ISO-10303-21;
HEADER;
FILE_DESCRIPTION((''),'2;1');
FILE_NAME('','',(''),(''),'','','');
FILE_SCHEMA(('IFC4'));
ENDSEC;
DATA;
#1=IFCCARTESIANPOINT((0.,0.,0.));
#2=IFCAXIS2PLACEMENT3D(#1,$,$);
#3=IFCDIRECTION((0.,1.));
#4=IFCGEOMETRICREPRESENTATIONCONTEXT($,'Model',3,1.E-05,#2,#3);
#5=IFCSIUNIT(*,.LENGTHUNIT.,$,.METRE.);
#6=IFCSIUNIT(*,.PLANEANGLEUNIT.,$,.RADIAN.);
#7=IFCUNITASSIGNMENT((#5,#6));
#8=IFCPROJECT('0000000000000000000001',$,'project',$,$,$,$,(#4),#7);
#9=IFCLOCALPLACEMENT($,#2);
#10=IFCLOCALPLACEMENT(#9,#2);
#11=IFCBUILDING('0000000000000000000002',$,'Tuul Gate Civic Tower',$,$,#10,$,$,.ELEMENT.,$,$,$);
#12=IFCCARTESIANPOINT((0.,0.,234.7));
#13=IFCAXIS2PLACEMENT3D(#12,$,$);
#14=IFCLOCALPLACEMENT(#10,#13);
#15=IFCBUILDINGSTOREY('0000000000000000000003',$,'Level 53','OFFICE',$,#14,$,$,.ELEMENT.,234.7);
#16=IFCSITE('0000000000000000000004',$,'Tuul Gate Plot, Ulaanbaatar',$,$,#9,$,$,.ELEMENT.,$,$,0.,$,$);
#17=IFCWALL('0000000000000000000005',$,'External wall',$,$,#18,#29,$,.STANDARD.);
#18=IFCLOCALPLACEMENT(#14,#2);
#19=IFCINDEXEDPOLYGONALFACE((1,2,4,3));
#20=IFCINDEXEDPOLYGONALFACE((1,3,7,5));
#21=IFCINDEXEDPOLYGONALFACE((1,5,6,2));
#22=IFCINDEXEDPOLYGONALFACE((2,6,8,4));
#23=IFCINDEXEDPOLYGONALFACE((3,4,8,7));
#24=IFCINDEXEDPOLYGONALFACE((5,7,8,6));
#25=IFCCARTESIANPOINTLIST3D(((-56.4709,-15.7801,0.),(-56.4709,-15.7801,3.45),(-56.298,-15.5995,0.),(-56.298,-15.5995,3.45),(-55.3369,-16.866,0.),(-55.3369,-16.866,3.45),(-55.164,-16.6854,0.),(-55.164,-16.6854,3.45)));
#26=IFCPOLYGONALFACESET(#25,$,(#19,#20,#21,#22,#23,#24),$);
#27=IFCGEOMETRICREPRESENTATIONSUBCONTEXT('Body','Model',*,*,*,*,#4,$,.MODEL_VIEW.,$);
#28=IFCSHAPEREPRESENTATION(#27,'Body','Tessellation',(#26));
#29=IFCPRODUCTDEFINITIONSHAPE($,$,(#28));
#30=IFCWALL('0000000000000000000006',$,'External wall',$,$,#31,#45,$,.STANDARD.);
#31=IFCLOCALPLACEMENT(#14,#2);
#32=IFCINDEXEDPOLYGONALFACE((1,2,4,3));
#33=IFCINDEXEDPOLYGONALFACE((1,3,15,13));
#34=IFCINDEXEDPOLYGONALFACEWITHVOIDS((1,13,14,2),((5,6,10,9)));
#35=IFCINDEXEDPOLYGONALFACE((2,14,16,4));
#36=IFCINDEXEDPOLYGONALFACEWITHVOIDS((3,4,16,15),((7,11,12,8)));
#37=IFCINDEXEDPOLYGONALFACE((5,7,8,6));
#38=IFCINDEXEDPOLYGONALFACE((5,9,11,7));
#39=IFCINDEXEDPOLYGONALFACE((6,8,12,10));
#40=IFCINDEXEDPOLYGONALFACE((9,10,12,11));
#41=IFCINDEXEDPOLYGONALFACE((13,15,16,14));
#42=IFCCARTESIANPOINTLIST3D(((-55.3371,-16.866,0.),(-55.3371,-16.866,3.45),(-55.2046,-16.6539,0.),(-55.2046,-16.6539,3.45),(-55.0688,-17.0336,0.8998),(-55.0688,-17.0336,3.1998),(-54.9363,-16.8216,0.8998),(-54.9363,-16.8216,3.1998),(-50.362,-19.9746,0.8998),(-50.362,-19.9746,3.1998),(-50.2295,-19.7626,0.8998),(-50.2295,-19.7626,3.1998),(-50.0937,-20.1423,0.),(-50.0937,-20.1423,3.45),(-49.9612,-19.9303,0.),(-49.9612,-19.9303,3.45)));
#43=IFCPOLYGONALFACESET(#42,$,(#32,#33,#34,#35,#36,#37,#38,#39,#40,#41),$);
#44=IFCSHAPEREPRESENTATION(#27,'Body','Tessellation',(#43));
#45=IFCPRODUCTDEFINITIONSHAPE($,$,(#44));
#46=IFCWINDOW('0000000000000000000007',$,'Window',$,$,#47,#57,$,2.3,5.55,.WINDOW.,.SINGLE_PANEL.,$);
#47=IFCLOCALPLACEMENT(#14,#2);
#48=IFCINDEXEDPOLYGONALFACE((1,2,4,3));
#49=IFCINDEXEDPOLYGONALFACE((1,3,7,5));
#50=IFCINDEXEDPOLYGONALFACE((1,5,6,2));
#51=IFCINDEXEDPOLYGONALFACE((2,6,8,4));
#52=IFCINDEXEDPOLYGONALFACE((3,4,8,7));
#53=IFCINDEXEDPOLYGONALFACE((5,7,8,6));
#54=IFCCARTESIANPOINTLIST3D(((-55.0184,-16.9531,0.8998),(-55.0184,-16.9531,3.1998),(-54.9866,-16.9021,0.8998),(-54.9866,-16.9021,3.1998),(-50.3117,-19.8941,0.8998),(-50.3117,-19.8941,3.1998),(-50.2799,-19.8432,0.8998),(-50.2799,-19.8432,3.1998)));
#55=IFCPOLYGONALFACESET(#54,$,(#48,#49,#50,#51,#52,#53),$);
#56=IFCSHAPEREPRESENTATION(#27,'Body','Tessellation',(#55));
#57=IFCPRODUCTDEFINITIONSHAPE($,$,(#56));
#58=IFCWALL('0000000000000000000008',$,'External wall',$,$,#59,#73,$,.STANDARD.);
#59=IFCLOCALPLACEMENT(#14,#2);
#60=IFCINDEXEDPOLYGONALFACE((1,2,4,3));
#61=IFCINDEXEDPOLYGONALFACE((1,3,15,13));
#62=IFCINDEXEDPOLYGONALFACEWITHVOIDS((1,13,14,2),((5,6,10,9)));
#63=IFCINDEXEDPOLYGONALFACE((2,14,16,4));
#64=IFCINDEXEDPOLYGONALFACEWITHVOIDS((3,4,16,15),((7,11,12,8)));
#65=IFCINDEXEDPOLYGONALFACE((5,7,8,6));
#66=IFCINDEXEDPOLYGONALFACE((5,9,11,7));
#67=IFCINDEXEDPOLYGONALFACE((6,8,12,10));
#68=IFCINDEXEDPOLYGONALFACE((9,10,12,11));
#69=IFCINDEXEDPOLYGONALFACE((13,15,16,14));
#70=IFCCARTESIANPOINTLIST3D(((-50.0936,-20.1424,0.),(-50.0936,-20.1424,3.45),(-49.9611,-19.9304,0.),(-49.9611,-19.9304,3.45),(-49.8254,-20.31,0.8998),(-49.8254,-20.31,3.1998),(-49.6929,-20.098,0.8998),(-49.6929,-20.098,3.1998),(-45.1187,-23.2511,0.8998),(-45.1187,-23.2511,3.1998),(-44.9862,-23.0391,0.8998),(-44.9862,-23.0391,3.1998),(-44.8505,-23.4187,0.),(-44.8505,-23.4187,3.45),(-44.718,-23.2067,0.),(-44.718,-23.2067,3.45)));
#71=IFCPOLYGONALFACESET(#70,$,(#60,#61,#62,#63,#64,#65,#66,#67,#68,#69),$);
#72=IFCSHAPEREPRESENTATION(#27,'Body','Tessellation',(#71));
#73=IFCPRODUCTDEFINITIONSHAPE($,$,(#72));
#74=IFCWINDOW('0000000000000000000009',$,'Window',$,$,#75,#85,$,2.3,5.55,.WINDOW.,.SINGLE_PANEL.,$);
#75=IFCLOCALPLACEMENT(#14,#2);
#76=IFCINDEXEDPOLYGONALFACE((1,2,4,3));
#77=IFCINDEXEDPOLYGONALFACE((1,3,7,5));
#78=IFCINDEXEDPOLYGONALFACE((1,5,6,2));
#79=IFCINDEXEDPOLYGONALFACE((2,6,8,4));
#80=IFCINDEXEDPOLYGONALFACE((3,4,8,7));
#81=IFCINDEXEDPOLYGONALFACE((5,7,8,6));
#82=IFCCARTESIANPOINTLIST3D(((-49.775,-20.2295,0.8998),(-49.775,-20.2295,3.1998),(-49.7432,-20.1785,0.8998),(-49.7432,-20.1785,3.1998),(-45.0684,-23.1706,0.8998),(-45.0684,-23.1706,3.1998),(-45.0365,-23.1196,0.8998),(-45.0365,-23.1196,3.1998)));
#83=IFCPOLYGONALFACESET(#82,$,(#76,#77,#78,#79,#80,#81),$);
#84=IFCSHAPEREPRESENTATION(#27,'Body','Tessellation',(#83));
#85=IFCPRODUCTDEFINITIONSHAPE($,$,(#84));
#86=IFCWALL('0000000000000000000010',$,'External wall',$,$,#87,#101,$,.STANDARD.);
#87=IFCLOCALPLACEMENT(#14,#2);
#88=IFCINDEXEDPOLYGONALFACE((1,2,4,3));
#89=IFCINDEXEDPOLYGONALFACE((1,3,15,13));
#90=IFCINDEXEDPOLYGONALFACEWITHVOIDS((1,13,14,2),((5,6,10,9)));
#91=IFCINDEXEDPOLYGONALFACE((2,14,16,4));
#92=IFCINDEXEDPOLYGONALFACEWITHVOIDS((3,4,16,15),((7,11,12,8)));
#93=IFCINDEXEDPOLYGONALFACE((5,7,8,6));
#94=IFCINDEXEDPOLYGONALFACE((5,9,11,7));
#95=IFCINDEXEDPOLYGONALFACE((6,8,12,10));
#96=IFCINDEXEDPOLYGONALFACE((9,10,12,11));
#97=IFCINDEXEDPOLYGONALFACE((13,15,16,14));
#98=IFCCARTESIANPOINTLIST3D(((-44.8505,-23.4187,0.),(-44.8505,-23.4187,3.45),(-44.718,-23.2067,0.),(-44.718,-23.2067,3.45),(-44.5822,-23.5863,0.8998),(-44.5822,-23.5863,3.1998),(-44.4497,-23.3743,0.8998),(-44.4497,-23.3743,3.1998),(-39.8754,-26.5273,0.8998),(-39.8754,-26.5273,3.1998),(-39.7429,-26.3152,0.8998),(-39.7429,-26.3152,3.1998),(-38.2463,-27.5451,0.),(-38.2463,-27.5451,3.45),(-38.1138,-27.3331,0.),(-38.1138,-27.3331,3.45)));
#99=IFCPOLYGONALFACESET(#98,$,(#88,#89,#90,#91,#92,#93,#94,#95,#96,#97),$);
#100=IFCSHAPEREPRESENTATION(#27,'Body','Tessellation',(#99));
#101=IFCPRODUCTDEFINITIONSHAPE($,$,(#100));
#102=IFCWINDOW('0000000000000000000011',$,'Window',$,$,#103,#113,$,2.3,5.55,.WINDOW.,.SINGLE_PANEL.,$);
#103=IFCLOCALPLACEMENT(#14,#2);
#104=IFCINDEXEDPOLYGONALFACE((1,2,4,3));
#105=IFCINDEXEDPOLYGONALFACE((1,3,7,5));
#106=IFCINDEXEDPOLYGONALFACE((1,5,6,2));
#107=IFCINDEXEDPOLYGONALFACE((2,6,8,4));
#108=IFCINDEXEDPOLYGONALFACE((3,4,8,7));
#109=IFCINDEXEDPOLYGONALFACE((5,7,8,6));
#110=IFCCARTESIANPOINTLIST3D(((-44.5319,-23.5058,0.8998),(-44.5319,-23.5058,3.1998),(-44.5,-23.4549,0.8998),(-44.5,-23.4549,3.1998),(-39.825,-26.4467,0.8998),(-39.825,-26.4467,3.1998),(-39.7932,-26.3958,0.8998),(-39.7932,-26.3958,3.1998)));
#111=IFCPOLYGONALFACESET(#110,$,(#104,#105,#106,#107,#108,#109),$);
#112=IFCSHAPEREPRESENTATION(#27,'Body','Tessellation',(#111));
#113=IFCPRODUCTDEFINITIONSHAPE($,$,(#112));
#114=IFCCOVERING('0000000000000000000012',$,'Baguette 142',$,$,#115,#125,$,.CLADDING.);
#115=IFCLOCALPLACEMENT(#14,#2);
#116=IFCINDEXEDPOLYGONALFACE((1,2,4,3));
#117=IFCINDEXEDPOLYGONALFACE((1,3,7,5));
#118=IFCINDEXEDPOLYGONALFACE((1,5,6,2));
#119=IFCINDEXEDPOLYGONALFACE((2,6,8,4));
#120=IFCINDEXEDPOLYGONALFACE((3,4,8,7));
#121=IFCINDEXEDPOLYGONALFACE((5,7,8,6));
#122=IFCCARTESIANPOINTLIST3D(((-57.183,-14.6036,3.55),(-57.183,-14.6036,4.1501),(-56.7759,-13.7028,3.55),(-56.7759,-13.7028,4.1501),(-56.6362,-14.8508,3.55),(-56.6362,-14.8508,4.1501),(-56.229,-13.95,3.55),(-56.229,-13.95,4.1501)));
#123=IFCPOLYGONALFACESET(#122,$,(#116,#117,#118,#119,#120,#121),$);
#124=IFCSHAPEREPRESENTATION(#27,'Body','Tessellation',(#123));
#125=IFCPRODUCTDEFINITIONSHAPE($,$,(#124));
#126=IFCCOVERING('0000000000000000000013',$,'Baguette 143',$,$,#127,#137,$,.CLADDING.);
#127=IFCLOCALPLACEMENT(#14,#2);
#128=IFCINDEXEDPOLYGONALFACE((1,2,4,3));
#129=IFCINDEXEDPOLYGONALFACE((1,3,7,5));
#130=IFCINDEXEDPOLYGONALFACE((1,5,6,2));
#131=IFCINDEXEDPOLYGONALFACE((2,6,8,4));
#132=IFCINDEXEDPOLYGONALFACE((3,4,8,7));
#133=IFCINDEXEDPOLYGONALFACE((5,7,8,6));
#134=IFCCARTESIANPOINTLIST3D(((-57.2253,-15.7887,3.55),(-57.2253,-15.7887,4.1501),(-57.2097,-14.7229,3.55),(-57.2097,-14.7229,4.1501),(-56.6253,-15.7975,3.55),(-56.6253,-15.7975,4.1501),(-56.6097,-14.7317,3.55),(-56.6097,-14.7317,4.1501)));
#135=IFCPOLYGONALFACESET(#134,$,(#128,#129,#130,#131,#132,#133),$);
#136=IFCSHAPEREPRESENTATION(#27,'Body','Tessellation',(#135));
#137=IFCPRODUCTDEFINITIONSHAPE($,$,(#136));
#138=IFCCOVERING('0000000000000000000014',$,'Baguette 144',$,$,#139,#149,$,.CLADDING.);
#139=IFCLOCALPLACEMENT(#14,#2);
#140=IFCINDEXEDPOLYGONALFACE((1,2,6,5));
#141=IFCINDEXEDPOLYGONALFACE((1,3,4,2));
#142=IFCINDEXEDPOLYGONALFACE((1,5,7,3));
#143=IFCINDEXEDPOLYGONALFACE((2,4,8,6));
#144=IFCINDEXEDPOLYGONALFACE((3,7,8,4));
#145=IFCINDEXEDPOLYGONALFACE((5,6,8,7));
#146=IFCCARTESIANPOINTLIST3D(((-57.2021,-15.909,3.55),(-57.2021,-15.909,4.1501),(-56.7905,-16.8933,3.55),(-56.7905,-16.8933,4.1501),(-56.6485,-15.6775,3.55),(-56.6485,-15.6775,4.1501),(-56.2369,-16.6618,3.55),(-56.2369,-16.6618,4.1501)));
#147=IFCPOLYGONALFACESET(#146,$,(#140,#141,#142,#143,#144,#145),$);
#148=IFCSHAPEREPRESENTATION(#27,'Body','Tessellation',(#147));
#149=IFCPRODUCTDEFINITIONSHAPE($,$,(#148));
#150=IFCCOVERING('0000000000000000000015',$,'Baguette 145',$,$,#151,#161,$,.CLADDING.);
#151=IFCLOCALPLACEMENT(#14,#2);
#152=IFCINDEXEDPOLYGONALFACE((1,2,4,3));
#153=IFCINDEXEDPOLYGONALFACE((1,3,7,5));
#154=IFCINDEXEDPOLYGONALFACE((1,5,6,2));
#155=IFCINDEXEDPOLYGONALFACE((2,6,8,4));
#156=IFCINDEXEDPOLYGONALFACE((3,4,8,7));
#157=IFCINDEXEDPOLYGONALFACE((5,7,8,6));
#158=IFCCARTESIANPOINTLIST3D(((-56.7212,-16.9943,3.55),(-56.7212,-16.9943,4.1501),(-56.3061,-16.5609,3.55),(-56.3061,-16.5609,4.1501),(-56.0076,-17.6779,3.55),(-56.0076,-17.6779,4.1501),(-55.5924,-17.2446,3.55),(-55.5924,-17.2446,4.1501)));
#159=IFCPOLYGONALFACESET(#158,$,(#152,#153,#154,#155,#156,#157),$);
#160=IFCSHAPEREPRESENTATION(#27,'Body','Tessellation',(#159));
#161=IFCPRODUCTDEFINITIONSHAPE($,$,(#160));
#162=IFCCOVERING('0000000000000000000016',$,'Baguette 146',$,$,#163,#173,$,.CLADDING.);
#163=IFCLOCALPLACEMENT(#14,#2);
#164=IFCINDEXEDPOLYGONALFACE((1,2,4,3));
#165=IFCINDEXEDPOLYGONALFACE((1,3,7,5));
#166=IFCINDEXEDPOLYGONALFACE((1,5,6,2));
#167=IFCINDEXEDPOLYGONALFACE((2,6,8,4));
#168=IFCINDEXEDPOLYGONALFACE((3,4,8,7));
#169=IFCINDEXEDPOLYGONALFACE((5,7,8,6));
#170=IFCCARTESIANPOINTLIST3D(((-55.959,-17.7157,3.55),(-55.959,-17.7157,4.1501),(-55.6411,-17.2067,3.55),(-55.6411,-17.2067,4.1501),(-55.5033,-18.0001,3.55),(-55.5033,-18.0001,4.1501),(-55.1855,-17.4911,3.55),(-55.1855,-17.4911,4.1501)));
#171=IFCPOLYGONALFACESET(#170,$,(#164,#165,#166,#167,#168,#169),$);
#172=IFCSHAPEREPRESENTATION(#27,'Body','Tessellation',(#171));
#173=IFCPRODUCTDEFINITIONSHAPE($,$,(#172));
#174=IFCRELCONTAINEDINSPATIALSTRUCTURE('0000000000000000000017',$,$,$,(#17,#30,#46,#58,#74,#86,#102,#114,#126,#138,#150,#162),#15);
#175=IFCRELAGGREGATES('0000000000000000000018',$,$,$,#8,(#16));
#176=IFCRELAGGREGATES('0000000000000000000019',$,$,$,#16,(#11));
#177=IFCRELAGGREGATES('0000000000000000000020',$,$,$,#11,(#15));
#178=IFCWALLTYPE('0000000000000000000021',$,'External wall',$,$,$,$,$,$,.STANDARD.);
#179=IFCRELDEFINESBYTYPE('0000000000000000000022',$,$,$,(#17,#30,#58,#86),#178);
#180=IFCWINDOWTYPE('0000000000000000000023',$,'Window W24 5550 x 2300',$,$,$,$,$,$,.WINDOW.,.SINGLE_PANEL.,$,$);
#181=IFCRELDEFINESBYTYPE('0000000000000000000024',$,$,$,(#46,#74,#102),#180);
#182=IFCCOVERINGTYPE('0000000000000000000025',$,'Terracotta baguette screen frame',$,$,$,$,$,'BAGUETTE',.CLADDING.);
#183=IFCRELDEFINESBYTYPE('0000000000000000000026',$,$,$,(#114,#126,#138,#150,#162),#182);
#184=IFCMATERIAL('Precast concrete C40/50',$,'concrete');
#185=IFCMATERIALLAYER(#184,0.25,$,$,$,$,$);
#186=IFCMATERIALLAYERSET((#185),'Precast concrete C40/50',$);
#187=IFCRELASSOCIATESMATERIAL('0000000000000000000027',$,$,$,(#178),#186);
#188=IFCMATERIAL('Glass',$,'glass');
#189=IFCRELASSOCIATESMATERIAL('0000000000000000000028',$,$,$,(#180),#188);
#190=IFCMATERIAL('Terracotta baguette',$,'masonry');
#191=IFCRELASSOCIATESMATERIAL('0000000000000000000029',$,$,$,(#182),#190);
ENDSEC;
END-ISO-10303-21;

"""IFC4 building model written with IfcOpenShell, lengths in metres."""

from ifc_helpers import new_model, si_unit, direction, frame, frame_2d, origin, origin_2d, place, context, subcontext, project, spatial, rectangle, extrude, material, layer, layer_set, material_profile, profile_set, type_object, element, fill, save


model = new_model("IFC4")

# Units and contexts
model_context = context("Model", 3, precision=1e-05, world=origin(), true_north=direction((0.0, 1.0)))
body_context = subcontext(model_context, "Body", "Model", "MODEL_VIEW")
ifc_project = project(units=[si_unit("LENGTHUNIT", "METRE"), si_unit("PLANEANGLEUNIT", "RADIAN")], contexts=[model_context])

# Site, building, storey
site_placement = place(None, origin())
site = spatial("IfcSite", under=ifc_project, at=site_placement, Name="Tuul Gate Plot, Ulaanbaatar", CompositionType="ELEMENT", RefElevation=0.0)
building_placement = place(site_placement, origin())
building = spatial("IfcBuilding", under=site, at=building_placement, Name="Tuul Gate Civic Tower", CompositionType="ELEMENT")
storey_placement = place(building_placement, frame((0.0, 0.0, 234.7)))
storey = spatial("IfcBuildingStorey", under=building, at=storey_placement, Name="Level 53", Description="OFFICE", CompositionType="ELEMENT", Elevation=234.7)

# Wall
ifc_material_1 = material(Name="Precast concrete C40/50", Category="concrete")
ifc_layer_1 = layer(ifc_material_1, 0.25)
ifc_layer_set_1 = layer_set([ifc_layer_1], Name="Precast concrete C40/50")
wall_type_1 = type_object("IfcWallType", Name="External wall", PredefinedType="STANDARD", material=ifc_layer_set_1)
wall_1_placement = place(storey_placement, frame((-56.3845, -15.6897, 0.0), z_axis=(0.0, 0.0, 1.0), x_axis=(0.722257, -0.691625, 0.0)))
element("IfcWall", 1, at=wall_1_placement, inside=storey, type_object=wall_type_1, Name="External wall", PredefinedType="STANDARD", context=body_context, shape_type="SweptSolid", body=[
    extrude(rectangle(XDim=1.5701, YDim=0.25, at=frame_2d((0.7852, 0.0))), origin(), (0.0, 0.0, 1.0), 3.45),
])

# Walls, openings, windows
wall_2_placement = place(storey_placement, frame((-55.2708, -16.76, 0.0), z_axis=(0.0, 0.0, 1.0), x_axis=(0.848054, -0.52991, 0.0)))
wall_2 = element("IfcWall", 2, at=wall_2_placement, inside=storey, type_object=wall_type_1, Name="External wall", PredefinedType="STANDARD", context=body_context, shape_type="SweptSolid", body=[
    extrude(rectangle(XDim=6.1829, YDim=0.25, at=frame_2d((3.0913, 0.0))), origin(), (0.0, 0.0, 1.0), 3.45),
])
opening_1_placement = place(wall_2_placement, frame((0.3164, 0.0, 0.8999)))
opening_1 = element("IfcOpeningElement", 3, at=opening_1_placement, cuts=wall_2, PredefinedType="OPENING", context=body_context, shape_type="SweptSolid", body=[
    extrude(rectangle(XDim=5.55, YDim=2.3, at=frame_2d((2.7749, 1.1499))), frame((0.0, 0.135, 0.0), z_axis=(0.0, -1.0, 0.0), x_axis=(1.0, 0.0, 0.0)), (0.0, 0.0, 1.0), 0.27),
])
ifc_material_2 = material(Name="Glass", Category="glass")
window_type = type_object("IfcWindowType", Name="Window W24 5550 x 2300", PartitioningType="SINGLE_PANEL", PredefinedType="WINDOW", material=ifc_material_2)
window_1_placement = place(opening_1_placement, origin())
window_1 = element("IfcWindow", 4, at=window_1_placement, inside=storey, type_object=window_type, Name="Window", OverallHeight=2.3, OverallWidth=5.55, PartitioningType="SINGLE_PANEL", PredefinedType="WINDOW", context=body_context, shape_type="SweptSolid", body=[
    extrude(rectangle(XDim=5.55, YDim=2.3, at=frame_2d((2.7749, 1.1499))), frame((0.0, 0.03, 0.0), z_axis=(0.0, -1.0, 0.0), x_axis=(1.0, 0.0, 0.0)), (0.0, 0.0, 1.0), 0.0601),
])
fill(opening_1, window_1)
wall_3_placement = place(storey_placement, frame((-50.0273, -20.0364, 0.0), z_axis=(0.0, 0.0, 1.0), x_axis=(0.848043, -0.529928, 0.0)))
wall_3 = element("IfcWall", 5, at=wall_3_placement, inside=storey, type_object=wall_type_1, Name="External wall", PredefinedType="STANDARD", context=body_context, shape_type="SweptSolid", body=[
    extrude(rectangle(XDim=6.1826, YDim=0.25, at=frame_2d((3.0913, 0.0))), origin(), (0.0, 0.0, 1.0), 3.45),
])
opening_2_placement = place(wall_3_placement, frame((0.3164, 0.0, 0.8999)))
opening_2 = element("IfcOpeningElement", 6, at=opening_2_placement, cuts=wall_3, PredefinedType="OPENING", context=body_context, shape_type="SweptSolid", body=[
    extrude(rectangle(XDim=5.55, YDim=2.3, at=frame_2d((2.7749, 1.1499))), frame((0.0, 0.135, 0.0), z_axis=(0.0, -1.0, 0.0), x_axis=(1.0, 0.0, 0.0)), (0.0, 0.0, 1.0), 0.27),
])
window_2_placement = place(opening_2_placement, origin())
window_2 = element("IfcWindow", 7, at=window_2_placement, inside=storey, type_object=window_type, Name="Window", OverallHeight=2.3, OverallWidth=5.55, PartitioningType="SINGLE_PANEL", PredefinedType="WINDOW", context=body_context, shape_type="SweptSolid", body=[
    extrude(rectangle(XDim=5.55, YDim=2.3, at=frame_2d((2.7749, 1.1499))), frame((0.0, 0.03, 0.0), z_axis=(0.0, -1.0, 0.0), x_axis=(1.0, 0.0, 0.0)), (0.0, 0.0, 1.0), 0.0601),
])
fill(opening_2, window_2)
wall_4_placement = place(storey_placement, frame((-44.7842, -23.3127, 0.0), z_axis=(0.0, 0.0, 1.0), x_axis=(0.848067, -0.529889, 0.0)))
wall_4 = element("IfcWall", 8, at=wall_4_placement, inside=storey, type_object=wall_type_1, Name="External wall", PredefinedType="STANDARD", context=body_context, shape_type="SweptSolid", body=[
    extrude(rectangle(XDim=7.7874, YDim=0.25, at=frame_2d((3.8936, 0.0))), origin(), (0.0, 0.0, 1.0), 3.45),
])
opening_3_placement = place(wall_4_placement, frame((0.3164, 0.0, 0.8999)))
opening_3 = element("IfcOpeningElement", 9, at=opening_3_placement, cuts=wall_4, PredefinedType="OPENING", context=body_context, shape_type="SweptSolid", body=[
    extrude(rectangle(XDim=5.55, YDim=2.3, at=frame_2d((2.7749, 1.1499))), frame((0.0, 0.135, 0.0), z_axis=(0.0, -1.0, 0.0), x_axis=(1.0, 0.0, 0.0)), (0.0, 0.0, 1.0), 0.27),
])
window_3_placement = place(opening_3_placement, origin())
window_3 = element("IfcWindow", 10, at=window_3_placement, inside=storey, type_object=window_type, Name="Window", OverallHeight=2.3, OverallWidth=5.55, PartitioningType="SINGLE_PANEL", PredefinedType="WINDOW", context=body_context, shape_type="SweptSolid", body=[
    extrude(rectangle(XDim=5.55, YDim=2.3, at=frame_2d((2.7749, 1.1499))), frame((0.0, 0.03, 0.0), z_axis=(0.0, -1.0, 0.0), x_axis=(1.0, 0.0, 0.0)), (0.0, 0.0, 1.0), 0.0601),
])
fill(opening_3, window_3)

# Coverings
ifc_material_3 = material(Name="Terracotta baguette", Category="masonry")
ifc_material_profile_1 = material_profile(ifc_material_3, rectangle(XDim=0.6001, YDim=0.6001, at=origin_2d()), Name="Terracotta baguette screen frame")
ifc_profile_set_1 = profile_set([ifc_material_profile_1], Name="Terracotta baguette")
covering_type = type_object("IfcCoveringType", Name="Terracotta baguette screen frame", ElementType="BAGUETTE", PredefinedType="CLADDING", material=ifc_profile_set_1)
covering_1_placement = place(storey_placement, frame((-56.5024, -13.8264, 3.8501), z_axis=(-0.411904, -0.911227, 0.0), x_axis=(0.911227, -0.411904, 0.0)))
element("IfcCovering", 11, at=covering_1_placement, inside=storey, type_object=covering_type, Name="Baguette 142", PredefinedType="CLADDING", context=body_context, shape_type="SweptSolid", body=[
    extrude(rectangle(XDim=0.6001, YDim=0.6001, at=origin_2d()), origin(), (0.0, 0.0, 1.0), 0.9885),
])
covering_2_placement = place(storey_placement, frame((-56.9097, -14.7273, 3.8501), z_axis=(-0.014657, -0.999893, 0.0), x_axis=(0.999893, -0.014657, 0.0)))
element("IfcCovering", 12, at=covering_2_placement, inside=storey, type_object=covering_type, Name="Baguette 143", PredefinedType="CLADDING", context=body_context, shape_type="SweptSolid", body=[
    extrude(rectangle(XDim=0.6001, YDim=0.6001, at=origin_2d()), origin(), (0.0, 0.0, 1.0), 1.0659),
])
covering_3_placement = place(storey_placement, frame((-56.9253, -15.7932, 3.8501), z_axis=(0.385785, -0.922589, 0.0), x_axis=(0.922589, 0.385785, 0.0)))
element("IfcCovering", 13, at=covering_3_placement, inside=storey, type_object=covering_type, Name="Baguette 144", PredefinedType="CLADDING", context=body_context, shape_type="SweptSolid", body=[
    extrude(rectangle(XDim=0.6001, YDim=0.6001, at=origin_2d()), origin(), (0.0, 0.0, 1.0), 1.0669),
])
covering_4_placement = place(storey_placement, frame((-56.5137, -16.7776, 3.8501), z_axis=(0.722137, -0.69175, 0.0), x_axis=(0.69175, 0.722137, 0.0)))
element("IfcCovering", 14, at=covering_4_placement, inside=storey, type_object=covering_type, Name="Baguette 145", PredefinedType="CLADDING", context=body_context, shape_type="SweptSolid", body=[
    extrude(rectangle(XDim=0.6001, YDim=0.6001, at=origin_2d()), origin(), (0.0, 0.0, 1.0), 0.9883),
])
covering_5_placement = place(storey_placement, frame((-55.8, -17.4612, 3.8501), z_axis=(0.848254, -0.52959, 0.0), x_axis=(0.52959, 0.848254, 0.0)))
element("IfcCovering", 15, at=covering_5_placement, inside=storey, type_object=covering_type, Name="Baguette 146", PredefinedType="CLADDING", context=body_context, shape_type="SweptSolid", body=[
    extrude(rectangle(XDim=0.6001, YDim=0.6001, at=origin_2d()), origin(), (0.0, 0.0, 1.0), 0.5371),
])

save(model, "model.ifc")
